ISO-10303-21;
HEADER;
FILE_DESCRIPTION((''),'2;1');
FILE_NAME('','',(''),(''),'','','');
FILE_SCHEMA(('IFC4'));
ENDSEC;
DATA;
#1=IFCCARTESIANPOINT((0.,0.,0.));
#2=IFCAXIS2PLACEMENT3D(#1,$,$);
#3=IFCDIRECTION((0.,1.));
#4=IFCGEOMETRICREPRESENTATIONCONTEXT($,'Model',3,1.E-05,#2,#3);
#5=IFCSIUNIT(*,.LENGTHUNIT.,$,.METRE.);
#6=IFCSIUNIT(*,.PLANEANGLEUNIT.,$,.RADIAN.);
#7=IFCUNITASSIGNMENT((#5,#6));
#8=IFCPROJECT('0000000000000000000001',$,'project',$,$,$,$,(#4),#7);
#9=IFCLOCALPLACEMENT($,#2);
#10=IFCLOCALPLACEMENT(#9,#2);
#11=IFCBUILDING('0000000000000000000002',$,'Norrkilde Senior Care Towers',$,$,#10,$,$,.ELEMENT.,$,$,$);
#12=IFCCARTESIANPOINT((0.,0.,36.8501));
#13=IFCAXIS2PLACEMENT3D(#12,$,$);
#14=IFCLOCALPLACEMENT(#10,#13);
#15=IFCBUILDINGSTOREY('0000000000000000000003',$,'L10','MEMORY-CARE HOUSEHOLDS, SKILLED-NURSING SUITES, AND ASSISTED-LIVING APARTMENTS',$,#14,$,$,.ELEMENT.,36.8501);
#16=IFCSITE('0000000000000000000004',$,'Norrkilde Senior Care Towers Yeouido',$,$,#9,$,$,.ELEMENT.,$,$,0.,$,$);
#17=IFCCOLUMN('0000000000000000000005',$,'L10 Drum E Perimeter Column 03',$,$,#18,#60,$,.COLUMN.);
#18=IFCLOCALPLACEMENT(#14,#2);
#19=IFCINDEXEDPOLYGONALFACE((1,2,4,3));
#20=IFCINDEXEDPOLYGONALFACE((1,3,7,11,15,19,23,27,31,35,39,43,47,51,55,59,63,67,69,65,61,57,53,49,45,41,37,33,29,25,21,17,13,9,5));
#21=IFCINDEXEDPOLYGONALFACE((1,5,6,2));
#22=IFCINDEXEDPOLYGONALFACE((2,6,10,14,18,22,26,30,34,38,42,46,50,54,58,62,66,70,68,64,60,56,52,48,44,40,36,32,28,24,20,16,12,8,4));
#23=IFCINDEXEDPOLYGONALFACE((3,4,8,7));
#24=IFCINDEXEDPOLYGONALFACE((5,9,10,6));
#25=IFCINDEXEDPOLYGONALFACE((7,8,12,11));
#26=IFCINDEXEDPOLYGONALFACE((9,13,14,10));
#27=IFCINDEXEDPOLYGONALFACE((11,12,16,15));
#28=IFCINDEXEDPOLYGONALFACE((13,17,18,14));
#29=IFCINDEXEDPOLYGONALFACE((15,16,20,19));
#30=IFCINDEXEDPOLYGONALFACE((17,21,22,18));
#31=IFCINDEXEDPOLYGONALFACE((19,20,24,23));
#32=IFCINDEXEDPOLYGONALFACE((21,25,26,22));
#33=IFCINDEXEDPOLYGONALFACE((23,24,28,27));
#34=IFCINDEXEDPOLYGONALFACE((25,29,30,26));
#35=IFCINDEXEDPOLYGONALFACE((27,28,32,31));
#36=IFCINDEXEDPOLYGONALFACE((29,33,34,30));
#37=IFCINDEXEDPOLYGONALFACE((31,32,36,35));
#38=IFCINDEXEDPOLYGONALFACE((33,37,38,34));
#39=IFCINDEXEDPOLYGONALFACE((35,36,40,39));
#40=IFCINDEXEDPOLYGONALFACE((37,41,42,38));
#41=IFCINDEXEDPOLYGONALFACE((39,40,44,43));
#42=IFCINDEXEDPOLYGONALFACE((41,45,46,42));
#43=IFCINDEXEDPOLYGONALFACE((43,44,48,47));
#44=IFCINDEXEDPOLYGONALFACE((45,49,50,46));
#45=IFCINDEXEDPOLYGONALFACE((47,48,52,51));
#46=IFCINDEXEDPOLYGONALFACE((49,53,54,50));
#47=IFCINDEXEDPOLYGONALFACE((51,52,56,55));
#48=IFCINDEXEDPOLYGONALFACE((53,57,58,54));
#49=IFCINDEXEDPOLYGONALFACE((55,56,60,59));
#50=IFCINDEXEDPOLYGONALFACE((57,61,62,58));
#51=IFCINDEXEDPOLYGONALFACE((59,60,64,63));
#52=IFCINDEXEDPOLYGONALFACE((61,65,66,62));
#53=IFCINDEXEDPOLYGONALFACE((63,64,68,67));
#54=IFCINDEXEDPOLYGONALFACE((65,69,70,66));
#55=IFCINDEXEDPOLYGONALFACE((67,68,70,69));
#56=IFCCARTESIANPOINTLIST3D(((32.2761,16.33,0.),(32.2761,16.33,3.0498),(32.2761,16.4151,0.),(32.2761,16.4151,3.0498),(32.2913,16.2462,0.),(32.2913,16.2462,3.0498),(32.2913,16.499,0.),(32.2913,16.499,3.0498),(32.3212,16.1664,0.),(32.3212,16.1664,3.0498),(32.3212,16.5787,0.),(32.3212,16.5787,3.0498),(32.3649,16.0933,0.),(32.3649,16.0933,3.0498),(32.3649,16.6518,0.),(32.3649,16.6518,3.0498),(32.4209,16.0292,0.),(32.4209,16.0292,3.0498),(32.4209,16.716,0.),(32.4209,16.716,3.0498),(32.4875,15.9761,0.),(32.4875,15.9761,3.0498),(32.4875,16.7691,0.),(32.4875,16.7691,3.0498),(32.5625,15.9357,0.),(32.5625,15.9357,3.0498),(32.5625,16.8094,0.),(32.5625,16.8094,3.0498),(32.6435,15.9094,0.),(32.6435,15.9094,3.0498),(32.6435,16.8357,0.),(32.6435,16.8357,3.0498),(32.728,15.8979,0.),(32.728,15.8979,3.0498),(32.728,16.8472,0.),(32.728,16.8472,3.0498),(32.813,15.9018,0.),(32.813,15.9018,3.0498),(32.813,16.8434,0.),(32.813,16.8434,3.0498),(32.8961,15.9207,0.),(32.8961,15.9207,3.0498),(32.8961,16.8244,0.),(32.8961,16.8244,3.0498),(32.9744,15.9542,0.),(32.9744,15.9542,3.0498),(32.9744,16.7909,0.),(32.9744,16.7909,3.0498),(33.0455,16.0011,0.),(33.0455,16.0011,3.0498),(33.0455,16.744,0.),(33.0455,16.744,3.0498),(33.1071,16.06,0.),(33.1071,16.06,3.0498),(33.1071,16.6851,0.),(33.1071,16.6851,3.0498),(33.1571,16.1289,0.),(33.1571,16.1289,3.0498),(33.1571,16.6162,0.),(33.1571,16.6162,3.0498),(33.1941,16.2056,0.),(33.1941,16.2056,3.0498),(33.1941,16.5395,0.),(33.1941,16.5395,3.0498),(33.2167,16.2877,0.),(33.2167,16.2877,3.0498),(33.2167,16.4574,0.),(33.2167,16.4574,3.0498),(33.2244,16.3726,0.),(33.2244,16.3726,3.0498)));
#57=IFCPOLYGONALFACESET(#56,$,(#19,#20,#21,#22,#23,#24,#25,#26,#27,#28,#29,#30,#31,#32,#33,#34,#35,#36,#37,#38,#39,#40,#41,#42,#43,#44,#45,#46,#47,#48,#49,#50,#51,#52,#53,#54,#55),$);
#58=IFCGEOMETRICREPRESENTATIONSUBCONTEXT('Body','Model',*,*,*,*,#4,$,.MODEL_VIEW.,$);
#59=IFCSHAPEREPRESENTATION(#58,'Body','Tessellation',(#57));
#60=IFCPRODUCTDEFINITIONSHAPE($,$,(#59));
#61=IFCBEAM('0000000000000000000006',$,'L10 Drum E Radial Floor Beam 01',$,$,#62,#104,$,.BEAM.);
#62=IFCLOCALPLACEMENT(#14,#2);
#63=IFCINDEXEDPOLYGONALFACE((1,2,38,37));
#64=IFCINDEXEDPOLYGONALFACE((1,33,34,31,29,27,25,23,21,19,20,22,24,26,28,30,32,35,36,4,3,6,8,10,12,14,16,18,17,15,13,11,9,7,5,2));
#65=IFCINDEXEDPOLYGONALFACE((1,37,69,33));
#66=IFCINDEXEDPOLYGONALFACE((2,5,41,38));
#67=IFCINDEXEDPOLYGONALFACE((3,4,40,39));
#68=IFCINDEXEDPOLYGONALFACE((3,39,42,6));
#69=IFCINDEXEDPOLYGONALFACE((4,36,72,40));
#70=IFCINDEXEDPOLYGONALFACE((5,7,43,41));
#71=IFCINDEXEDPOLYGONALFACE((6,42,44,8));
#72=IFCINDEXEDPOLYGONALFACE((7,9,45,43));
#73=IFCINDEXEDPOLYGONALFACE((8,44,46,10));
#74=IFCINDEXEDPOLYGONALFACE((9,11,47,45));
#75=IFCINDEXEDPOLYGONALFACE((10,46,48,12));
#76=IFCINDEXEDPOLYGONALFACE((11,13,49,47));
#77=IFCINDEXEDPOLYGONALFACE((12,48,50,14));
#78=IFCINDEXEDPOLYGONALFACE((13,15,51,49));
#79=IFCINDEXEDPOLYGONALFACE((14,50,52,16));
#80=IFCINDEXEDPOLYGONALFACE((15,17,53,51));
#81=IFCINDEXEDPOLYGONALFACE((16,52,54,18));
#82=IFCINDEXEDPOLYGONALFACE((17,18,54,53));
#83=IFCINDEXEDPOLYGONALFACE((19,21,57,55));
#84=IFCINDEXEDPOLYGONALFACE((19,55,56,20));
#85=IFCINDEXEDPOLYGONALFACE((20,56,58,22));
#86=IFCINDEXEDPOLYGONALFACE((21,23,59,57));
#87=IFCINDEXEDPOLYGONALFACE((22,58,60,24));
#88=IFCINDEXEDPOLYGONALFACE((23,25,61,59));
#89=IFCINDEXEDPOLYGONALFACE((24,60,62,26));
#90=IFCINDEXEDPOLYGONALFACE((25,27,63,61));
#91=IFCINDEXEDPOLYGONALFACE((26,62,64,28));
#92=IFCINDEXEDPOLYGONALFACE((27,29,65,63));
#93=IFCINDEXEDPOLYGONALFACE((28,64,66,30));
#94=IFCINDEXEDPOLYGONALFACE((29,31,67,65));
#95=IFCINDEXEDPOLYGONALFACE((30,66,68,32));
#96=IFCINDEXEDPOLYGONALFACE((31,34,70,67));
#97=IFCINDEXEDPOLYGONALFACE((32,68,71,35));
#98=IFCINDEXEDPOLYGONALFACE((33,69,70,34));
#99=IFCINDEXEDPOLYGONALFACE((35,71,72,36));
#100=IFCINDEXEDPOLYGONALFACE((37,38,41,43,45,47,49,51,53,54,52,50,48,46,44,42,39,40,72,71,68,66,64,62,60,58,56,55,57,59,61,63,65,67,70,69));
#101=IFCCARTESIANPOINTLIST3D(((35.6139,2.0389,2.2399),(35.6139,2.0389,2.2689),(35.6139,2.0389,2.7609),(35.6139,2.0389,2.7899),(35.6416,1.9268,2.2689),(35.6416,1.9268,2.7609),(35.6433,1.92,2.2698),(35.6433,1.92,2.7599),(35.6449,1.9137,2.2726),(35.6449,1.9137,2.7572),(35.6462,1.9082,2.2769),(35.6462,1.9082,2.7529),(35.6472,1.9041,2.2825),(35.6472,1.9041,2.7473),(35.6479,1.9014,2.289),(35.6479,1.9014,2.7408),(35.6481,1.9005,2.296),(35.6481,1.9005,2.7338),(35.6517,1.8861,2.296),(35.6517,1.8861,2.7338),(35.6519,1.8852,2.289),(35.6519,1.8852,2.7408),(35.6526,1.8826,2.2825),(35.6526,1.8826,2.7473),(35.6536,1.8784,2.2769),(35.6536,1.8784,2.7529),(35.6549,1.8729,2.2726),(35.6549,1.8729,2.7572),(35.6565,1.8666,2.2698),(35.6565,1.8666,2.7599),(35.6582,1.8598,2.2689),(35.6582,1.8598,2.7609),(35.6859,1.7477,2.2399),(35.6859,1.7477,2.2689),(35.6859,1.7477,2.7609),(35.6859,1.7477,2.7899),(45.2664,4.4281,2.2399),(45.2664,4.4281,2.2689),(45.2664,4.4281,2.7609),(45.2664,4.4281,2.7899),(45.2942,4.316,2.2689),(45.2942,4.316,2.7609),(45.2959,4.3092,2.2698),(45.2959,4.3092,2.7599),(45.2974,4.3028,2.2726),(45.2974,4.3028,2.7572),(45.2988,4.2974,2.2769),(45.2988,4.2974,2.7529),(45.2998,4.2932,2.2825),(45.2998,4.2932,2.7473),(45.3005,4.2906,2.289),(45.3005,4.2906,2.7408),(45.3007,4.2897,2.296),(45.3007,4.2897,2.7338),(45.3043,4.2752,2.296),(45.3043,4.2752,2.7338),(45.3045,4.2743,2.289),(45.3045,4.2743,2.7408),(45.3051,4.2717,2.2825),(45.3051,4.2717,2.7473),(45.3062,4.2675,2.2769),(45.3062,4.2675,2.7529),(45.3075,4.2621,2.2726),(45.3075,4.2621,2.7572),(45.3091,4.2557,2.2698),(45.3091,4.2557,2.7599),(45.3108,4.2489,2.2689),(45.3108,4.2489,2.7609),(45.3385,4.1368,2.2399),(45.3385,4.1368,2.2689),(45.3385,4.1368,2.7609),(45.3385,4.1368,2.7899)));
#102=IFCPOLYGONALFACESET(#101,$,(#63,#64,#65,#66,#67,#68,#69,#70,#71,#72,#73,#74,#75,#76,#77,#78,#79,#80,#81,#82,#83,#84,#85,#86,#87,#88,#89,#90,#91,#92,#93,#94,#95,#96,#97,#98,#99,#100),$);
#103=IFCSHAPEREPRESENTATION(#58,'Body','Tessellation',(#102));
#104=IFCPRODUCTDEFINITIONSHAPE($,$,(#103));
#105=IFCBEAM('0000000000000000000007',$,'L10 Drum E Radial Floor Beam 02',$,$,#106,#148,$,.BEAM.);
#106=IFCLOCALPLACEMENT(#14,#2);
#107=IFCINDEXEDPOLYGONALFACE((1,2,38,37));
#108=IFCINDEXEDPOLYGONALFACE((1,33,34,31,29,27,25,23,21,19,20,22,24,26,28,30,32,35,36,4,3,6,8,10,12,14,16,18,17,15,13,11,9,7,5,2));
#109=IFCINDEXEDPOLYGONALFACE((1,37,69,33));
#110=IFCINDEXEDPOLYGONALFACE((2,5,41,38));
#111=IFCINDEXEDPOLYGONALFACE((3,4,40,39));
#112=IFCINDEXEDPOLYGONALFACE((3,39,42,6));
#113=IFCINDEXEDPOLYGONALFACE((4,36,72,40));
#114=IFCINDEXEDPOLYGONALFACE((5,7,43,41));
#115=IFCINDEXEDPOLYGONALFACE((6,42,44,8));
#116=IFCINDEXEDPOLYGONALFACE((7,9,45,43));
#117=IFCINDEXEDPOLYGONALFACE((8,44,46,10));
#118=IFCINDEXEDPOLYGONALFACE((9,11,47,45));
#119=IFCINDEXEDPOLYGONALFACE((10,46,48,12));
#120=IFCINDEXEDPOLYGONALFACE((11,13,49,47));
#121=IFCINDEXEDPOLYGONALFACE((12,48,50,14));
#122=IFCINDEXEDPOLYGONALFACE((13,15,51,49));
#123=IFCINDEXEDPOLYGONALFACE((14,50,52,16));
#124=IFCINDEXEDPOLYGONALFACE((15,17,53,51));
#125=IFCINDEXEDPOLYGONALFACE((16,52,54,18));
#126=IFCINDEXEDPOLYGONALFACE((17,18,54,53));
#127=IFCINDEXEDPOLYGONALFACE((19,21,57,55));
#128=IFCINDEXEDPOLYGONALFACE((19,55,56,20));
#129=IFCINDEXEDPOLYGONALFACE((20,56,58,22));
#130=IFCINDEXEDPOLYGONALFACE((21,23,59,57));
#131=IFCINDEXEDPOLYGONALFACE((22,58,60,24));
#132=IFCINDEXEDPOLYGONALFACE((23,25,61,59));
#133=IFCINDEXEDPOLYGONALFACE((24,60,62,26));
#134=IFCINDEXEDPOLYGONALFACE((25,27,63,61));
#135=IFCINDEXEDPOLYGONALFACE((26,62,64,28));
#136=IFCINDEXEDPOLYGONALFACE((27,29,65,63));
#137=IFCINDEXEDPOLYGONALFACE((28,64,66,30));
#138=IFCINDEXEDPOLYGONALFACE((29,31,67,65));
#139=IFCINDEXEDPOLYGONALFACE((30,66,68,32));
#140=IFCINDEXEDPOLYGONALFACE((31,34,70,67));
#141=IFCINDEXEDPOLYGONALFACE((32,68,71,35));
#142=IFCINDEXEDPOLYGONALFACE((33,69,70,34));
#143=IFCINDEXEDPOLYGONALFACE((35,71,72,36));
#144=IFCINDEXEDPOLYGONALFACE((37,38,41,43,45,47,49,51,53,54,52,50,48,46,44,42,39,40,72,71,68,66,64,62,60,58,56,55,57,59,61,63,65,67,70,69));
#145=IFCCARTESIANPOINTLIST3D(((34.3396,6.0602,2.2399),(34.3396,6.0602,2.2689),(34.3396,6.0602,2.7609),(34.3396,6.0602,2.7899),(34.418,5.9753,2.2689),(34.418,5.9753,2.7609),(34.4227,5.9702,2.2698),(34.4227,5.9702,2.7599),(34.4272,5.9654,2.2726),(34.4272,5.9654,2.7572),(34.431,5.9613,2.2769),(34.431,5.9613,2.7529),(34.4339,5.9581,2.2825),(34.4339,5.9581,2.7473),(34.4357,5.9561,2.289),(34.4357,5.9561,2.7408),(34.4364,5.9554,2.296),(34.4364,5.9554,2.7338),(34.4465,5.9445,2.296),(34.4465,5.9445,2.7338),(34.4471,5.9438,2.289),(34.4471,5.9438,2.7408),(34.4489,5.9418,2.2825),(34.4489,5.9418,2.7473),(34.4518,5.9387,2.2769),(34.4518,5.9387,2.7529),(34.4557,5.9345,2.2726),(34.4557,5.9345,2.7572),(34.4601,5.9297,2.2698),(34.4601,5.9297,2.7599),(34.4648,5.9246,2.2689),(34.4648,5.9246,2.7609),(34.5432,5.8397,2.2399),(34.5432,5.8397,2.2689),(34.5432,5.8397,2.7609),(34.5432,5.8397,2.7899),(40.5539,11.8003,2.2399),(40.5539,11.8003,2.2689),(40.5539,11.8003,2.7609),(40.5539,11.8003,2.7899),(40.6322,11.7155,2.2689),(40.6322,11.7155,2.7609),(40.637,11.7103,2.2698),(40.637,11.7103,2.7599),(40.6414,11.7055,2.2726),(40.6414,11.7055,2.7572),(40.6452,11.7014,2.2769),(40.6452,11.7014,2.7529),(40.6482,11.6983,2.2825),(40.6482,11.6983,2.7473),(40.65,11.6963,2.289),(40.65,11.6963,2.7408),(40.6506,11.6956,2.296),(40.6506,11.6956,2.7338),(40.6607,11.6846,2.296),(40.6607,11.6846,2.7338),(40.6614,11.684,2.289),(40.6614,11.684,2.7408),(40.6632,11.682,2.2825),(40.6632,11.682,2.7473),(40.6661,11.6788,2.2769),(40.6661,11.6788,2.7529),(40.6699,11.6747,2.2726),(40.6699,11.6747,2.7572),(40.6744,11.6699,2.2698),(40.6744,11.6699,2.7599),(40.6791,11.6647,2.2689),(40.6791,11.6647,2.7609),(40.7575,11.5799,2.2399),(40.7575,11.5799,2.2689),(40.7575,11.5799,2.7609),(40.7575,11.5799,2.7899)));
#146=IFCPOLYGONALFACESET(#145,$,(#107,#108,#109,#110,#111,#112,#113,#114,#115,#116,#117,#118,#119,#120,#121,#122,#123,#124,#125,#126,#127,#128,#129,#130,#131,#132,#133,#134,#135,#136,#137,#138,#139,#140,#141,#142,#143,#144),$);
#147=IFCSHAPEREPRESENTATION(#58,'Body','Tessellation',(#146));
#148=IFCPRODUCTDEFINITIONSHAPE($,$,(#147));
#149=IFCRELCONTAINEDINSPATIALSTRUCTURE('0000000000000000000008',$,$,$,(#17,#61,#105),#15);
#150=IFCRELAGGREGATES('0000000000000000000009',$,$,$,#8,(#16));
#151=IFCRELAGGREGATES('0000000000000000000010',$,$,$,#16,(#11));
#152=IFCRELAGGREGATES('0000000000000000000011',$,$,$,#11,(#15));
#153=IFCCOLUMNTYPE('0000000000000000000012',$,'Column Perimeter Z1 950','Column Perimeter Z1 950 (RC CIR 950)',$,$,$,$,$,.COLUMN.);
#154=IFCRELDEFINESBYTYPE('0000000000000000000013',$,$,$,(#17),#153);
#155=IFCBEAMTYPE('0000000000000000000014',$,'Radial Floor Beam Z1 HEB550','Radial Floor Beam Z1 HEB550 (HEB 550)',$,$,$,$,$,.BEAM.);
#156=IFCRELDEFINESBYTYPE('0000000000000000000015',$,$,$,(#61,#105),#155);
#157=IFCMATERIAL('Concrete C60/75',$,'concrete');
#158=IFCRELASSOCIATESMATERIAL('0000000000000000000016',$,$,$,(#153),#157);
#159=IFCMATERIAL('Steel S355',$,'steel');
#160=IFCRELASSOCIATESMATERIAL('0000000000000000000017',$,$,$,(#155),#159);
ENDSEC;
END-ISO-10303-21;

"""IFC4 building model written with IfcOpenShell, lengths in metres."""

from ifc_helpers import new_model, si_unit, direction, frame, origin, origin_2d, place, context, subcontext, project, spatial, circle, i_section, extrude, source, transform, mapped, material, material_profile, profile_set, type_object, type_shapes, element, save


model = new_model("IFC4")

# Units and contexts
model_context = context("Model", 3, precision=1e-05, world=origin(), true_north=direction((0.0, 1.0)))
body_context = subcontext(model_context, "Body", "Model", "MODEL_VIEW")
ifc_project = project(units=[si_unit("LENGTHUNIT", "METRE"), si_unit("PLANEANGLEUNIT", "RADIAN")], contexts=[model_context])

# Site, building, storey
site_placement = place(None, origin())
site = spatial("IfcSite", under=ifc_project, at=site_placement, Name="Norrkilde Senior Care Towers Yeouido", CompositionType="ELEMENT", RefElevation=0.0)
building_placement = place(site_placement, origin())
building = spatial("IfcBuilding", under=site, at=building_placement, Name="Norrkilde Senior Care Towers", CompositionType="ELEMENT")
storey_placement = place(building_placement, frame((0.0, 0.0, 36.8501)))
storey = spatial("IfcBuildingStorey", under=building, at=storey_placement, Name="L10", Description="MEMORY-CARE HOUSEHOLDS, SKILLED-NURSING SUITES, AND ASSISTED-LIVING APARTMENTS", CompositionType="ELEMENT", Elevation=36.8501)

# Column
ifc_material_1 = material(Name="Concrete C60/75", Category="concrete")
ifc_material_profile_1 = material_profile(ifc_material_1, circle(Radius=0.4751, at=origin_2d()), Name="RC CIR 950")
ifc_profile_set_1 = profile_set([ifc_material_profile_1], Name="Concrete C60/75")
column_type = type_object("IfcColumnType", Name="Column Perimeter Z1 950", Description="Column Perimeter Z1 950 (RC CIR 950)", PredefinedType="COLUMN", material=ifc_profile_set_1)
shared_shape_1 = source(origin(), body_context, "Body", "SweptSolid", [
    extrude(circle(Radius=0.4751, at=origin_2d()), origin(), (0.0, 0.0, 1.0), 3.0498),
])
type_shapes(column_type, [shared_shape_1])
column_placement = place(storey_placement, frame((32.7493, 16.3726, 0.0), z_axis=(0.0, 0.0, 1.0), x_axis=(1.0, 0.0, 0.0)))
element("IfcColumn", 1, at=column_placement, inside=storey, type_object=column_type, Name="L10 Drum E Perimeter Column 03", PredefinedType="COLUMN", context=body_context, shape_type="MappedRepresentation", body=[
    mapped(shared_shape_1, transform((0.0, 0.0, 0.0), x_axis=(1.0, 0.0, 0.0), y_axis=(0.0, 1.0, 0.0), z_axis=(0.0, 0.0, 1.0), scale=1.0)),
])

# Beams
ifc_material_2 = material(Name="Steel S355", Category="steel")
ifc_material_profile_2 = material_profile(ifc_material_2, i_section(OverallWidth=0.3, OverallDepth=0.55, WebThickness=0.0149, FlangeThickness=0.0291, FilletRadius=0.0271, at=origin_2d()), Name="HEB 550")
ifc_profile_set_2 = profile_set([ifc_material_profile_2], Name="Steel S355")
beam_type_1 = type_object("IfcBeamType", Name="Radial Floor Beam Z1 HEB550", Description="Radial Floor Beam Z1 HEB550 (HEB 550)", PredefinedType="BEAM", material=ifc_profile_set_2)
shared_shape_2 = source(origin(), body_context, "Body", "SweptSolid", [
    extrude(i_section(OverallWidth=0.3, OverallDepth=0.55, WebThickness=0.0149, FlangeThickness=0.0291, FilletRadius=0.0271, at=origin_2d()), origin(), (0.0, 0.0, 1.0), 9.9438),
])
beam_1_placement = place(storey_placement, frame((35.6499, 1.8933, 2.5149), z_axis=(0.970707, 0.240265, 0.0), x_axis=(-0.240265, 0.970707, 0.0)))
element("IfcBeam", 2, at=beam_1_placement, inside=storey, type_object=beam_type_1, Name="L10 Drum E Radial Floor Beam 01", PredefinedType="BEAM", context=body_context, shape_type="MappedRepresentation", body=[
    mapped(shared_shape_2, transform((0.0, 0.0, 0.0), x_axis=(1.0, 0.0, 0.0), y_axis=(0.0, 1.0, 0.0), z_axis=(0.0, 0.0, 1.0), scale=1.0)),
])
shared_shape_3 = source(origin(), body_context, "Body", "SweptSolid", [
    extrude(i_section(OverallWidth=0.3, OverallDepth=0.55, WebThickness=0.0149, FlangeThickness=0.0291, FilletRadius=0.0271, at=origin_2d()), origin(), (0.0, 0.0, 1.0), 8.4597),
])
beam_2_placement = place(storey_placement, frame((34.4414, 5.95, 2.5149), z_axis=(0.734573, 0.678529, 0.0), x_axis=(-0.678529, 0.734573, 0.0)))
element("IfcBeam", 3, at=beam_2_placement, inside=storey, type_object=beam_type_1, Name="L10 Drum E Radial Floor Beam 02", PredefinedType="BEAM", context=body_context, shape_type="MappedRepresentation", body=[
    mapped(shared_shape_3, transform((0.0, 0.0, 0.0), x_axis=(1.0, 0.0, 0.0), y_axis=(0.0, 1.0, 0.0), z_axis=(0.0, 0.0, 1.0), scale=1.0)),
])

save(model, "model.ifc")
